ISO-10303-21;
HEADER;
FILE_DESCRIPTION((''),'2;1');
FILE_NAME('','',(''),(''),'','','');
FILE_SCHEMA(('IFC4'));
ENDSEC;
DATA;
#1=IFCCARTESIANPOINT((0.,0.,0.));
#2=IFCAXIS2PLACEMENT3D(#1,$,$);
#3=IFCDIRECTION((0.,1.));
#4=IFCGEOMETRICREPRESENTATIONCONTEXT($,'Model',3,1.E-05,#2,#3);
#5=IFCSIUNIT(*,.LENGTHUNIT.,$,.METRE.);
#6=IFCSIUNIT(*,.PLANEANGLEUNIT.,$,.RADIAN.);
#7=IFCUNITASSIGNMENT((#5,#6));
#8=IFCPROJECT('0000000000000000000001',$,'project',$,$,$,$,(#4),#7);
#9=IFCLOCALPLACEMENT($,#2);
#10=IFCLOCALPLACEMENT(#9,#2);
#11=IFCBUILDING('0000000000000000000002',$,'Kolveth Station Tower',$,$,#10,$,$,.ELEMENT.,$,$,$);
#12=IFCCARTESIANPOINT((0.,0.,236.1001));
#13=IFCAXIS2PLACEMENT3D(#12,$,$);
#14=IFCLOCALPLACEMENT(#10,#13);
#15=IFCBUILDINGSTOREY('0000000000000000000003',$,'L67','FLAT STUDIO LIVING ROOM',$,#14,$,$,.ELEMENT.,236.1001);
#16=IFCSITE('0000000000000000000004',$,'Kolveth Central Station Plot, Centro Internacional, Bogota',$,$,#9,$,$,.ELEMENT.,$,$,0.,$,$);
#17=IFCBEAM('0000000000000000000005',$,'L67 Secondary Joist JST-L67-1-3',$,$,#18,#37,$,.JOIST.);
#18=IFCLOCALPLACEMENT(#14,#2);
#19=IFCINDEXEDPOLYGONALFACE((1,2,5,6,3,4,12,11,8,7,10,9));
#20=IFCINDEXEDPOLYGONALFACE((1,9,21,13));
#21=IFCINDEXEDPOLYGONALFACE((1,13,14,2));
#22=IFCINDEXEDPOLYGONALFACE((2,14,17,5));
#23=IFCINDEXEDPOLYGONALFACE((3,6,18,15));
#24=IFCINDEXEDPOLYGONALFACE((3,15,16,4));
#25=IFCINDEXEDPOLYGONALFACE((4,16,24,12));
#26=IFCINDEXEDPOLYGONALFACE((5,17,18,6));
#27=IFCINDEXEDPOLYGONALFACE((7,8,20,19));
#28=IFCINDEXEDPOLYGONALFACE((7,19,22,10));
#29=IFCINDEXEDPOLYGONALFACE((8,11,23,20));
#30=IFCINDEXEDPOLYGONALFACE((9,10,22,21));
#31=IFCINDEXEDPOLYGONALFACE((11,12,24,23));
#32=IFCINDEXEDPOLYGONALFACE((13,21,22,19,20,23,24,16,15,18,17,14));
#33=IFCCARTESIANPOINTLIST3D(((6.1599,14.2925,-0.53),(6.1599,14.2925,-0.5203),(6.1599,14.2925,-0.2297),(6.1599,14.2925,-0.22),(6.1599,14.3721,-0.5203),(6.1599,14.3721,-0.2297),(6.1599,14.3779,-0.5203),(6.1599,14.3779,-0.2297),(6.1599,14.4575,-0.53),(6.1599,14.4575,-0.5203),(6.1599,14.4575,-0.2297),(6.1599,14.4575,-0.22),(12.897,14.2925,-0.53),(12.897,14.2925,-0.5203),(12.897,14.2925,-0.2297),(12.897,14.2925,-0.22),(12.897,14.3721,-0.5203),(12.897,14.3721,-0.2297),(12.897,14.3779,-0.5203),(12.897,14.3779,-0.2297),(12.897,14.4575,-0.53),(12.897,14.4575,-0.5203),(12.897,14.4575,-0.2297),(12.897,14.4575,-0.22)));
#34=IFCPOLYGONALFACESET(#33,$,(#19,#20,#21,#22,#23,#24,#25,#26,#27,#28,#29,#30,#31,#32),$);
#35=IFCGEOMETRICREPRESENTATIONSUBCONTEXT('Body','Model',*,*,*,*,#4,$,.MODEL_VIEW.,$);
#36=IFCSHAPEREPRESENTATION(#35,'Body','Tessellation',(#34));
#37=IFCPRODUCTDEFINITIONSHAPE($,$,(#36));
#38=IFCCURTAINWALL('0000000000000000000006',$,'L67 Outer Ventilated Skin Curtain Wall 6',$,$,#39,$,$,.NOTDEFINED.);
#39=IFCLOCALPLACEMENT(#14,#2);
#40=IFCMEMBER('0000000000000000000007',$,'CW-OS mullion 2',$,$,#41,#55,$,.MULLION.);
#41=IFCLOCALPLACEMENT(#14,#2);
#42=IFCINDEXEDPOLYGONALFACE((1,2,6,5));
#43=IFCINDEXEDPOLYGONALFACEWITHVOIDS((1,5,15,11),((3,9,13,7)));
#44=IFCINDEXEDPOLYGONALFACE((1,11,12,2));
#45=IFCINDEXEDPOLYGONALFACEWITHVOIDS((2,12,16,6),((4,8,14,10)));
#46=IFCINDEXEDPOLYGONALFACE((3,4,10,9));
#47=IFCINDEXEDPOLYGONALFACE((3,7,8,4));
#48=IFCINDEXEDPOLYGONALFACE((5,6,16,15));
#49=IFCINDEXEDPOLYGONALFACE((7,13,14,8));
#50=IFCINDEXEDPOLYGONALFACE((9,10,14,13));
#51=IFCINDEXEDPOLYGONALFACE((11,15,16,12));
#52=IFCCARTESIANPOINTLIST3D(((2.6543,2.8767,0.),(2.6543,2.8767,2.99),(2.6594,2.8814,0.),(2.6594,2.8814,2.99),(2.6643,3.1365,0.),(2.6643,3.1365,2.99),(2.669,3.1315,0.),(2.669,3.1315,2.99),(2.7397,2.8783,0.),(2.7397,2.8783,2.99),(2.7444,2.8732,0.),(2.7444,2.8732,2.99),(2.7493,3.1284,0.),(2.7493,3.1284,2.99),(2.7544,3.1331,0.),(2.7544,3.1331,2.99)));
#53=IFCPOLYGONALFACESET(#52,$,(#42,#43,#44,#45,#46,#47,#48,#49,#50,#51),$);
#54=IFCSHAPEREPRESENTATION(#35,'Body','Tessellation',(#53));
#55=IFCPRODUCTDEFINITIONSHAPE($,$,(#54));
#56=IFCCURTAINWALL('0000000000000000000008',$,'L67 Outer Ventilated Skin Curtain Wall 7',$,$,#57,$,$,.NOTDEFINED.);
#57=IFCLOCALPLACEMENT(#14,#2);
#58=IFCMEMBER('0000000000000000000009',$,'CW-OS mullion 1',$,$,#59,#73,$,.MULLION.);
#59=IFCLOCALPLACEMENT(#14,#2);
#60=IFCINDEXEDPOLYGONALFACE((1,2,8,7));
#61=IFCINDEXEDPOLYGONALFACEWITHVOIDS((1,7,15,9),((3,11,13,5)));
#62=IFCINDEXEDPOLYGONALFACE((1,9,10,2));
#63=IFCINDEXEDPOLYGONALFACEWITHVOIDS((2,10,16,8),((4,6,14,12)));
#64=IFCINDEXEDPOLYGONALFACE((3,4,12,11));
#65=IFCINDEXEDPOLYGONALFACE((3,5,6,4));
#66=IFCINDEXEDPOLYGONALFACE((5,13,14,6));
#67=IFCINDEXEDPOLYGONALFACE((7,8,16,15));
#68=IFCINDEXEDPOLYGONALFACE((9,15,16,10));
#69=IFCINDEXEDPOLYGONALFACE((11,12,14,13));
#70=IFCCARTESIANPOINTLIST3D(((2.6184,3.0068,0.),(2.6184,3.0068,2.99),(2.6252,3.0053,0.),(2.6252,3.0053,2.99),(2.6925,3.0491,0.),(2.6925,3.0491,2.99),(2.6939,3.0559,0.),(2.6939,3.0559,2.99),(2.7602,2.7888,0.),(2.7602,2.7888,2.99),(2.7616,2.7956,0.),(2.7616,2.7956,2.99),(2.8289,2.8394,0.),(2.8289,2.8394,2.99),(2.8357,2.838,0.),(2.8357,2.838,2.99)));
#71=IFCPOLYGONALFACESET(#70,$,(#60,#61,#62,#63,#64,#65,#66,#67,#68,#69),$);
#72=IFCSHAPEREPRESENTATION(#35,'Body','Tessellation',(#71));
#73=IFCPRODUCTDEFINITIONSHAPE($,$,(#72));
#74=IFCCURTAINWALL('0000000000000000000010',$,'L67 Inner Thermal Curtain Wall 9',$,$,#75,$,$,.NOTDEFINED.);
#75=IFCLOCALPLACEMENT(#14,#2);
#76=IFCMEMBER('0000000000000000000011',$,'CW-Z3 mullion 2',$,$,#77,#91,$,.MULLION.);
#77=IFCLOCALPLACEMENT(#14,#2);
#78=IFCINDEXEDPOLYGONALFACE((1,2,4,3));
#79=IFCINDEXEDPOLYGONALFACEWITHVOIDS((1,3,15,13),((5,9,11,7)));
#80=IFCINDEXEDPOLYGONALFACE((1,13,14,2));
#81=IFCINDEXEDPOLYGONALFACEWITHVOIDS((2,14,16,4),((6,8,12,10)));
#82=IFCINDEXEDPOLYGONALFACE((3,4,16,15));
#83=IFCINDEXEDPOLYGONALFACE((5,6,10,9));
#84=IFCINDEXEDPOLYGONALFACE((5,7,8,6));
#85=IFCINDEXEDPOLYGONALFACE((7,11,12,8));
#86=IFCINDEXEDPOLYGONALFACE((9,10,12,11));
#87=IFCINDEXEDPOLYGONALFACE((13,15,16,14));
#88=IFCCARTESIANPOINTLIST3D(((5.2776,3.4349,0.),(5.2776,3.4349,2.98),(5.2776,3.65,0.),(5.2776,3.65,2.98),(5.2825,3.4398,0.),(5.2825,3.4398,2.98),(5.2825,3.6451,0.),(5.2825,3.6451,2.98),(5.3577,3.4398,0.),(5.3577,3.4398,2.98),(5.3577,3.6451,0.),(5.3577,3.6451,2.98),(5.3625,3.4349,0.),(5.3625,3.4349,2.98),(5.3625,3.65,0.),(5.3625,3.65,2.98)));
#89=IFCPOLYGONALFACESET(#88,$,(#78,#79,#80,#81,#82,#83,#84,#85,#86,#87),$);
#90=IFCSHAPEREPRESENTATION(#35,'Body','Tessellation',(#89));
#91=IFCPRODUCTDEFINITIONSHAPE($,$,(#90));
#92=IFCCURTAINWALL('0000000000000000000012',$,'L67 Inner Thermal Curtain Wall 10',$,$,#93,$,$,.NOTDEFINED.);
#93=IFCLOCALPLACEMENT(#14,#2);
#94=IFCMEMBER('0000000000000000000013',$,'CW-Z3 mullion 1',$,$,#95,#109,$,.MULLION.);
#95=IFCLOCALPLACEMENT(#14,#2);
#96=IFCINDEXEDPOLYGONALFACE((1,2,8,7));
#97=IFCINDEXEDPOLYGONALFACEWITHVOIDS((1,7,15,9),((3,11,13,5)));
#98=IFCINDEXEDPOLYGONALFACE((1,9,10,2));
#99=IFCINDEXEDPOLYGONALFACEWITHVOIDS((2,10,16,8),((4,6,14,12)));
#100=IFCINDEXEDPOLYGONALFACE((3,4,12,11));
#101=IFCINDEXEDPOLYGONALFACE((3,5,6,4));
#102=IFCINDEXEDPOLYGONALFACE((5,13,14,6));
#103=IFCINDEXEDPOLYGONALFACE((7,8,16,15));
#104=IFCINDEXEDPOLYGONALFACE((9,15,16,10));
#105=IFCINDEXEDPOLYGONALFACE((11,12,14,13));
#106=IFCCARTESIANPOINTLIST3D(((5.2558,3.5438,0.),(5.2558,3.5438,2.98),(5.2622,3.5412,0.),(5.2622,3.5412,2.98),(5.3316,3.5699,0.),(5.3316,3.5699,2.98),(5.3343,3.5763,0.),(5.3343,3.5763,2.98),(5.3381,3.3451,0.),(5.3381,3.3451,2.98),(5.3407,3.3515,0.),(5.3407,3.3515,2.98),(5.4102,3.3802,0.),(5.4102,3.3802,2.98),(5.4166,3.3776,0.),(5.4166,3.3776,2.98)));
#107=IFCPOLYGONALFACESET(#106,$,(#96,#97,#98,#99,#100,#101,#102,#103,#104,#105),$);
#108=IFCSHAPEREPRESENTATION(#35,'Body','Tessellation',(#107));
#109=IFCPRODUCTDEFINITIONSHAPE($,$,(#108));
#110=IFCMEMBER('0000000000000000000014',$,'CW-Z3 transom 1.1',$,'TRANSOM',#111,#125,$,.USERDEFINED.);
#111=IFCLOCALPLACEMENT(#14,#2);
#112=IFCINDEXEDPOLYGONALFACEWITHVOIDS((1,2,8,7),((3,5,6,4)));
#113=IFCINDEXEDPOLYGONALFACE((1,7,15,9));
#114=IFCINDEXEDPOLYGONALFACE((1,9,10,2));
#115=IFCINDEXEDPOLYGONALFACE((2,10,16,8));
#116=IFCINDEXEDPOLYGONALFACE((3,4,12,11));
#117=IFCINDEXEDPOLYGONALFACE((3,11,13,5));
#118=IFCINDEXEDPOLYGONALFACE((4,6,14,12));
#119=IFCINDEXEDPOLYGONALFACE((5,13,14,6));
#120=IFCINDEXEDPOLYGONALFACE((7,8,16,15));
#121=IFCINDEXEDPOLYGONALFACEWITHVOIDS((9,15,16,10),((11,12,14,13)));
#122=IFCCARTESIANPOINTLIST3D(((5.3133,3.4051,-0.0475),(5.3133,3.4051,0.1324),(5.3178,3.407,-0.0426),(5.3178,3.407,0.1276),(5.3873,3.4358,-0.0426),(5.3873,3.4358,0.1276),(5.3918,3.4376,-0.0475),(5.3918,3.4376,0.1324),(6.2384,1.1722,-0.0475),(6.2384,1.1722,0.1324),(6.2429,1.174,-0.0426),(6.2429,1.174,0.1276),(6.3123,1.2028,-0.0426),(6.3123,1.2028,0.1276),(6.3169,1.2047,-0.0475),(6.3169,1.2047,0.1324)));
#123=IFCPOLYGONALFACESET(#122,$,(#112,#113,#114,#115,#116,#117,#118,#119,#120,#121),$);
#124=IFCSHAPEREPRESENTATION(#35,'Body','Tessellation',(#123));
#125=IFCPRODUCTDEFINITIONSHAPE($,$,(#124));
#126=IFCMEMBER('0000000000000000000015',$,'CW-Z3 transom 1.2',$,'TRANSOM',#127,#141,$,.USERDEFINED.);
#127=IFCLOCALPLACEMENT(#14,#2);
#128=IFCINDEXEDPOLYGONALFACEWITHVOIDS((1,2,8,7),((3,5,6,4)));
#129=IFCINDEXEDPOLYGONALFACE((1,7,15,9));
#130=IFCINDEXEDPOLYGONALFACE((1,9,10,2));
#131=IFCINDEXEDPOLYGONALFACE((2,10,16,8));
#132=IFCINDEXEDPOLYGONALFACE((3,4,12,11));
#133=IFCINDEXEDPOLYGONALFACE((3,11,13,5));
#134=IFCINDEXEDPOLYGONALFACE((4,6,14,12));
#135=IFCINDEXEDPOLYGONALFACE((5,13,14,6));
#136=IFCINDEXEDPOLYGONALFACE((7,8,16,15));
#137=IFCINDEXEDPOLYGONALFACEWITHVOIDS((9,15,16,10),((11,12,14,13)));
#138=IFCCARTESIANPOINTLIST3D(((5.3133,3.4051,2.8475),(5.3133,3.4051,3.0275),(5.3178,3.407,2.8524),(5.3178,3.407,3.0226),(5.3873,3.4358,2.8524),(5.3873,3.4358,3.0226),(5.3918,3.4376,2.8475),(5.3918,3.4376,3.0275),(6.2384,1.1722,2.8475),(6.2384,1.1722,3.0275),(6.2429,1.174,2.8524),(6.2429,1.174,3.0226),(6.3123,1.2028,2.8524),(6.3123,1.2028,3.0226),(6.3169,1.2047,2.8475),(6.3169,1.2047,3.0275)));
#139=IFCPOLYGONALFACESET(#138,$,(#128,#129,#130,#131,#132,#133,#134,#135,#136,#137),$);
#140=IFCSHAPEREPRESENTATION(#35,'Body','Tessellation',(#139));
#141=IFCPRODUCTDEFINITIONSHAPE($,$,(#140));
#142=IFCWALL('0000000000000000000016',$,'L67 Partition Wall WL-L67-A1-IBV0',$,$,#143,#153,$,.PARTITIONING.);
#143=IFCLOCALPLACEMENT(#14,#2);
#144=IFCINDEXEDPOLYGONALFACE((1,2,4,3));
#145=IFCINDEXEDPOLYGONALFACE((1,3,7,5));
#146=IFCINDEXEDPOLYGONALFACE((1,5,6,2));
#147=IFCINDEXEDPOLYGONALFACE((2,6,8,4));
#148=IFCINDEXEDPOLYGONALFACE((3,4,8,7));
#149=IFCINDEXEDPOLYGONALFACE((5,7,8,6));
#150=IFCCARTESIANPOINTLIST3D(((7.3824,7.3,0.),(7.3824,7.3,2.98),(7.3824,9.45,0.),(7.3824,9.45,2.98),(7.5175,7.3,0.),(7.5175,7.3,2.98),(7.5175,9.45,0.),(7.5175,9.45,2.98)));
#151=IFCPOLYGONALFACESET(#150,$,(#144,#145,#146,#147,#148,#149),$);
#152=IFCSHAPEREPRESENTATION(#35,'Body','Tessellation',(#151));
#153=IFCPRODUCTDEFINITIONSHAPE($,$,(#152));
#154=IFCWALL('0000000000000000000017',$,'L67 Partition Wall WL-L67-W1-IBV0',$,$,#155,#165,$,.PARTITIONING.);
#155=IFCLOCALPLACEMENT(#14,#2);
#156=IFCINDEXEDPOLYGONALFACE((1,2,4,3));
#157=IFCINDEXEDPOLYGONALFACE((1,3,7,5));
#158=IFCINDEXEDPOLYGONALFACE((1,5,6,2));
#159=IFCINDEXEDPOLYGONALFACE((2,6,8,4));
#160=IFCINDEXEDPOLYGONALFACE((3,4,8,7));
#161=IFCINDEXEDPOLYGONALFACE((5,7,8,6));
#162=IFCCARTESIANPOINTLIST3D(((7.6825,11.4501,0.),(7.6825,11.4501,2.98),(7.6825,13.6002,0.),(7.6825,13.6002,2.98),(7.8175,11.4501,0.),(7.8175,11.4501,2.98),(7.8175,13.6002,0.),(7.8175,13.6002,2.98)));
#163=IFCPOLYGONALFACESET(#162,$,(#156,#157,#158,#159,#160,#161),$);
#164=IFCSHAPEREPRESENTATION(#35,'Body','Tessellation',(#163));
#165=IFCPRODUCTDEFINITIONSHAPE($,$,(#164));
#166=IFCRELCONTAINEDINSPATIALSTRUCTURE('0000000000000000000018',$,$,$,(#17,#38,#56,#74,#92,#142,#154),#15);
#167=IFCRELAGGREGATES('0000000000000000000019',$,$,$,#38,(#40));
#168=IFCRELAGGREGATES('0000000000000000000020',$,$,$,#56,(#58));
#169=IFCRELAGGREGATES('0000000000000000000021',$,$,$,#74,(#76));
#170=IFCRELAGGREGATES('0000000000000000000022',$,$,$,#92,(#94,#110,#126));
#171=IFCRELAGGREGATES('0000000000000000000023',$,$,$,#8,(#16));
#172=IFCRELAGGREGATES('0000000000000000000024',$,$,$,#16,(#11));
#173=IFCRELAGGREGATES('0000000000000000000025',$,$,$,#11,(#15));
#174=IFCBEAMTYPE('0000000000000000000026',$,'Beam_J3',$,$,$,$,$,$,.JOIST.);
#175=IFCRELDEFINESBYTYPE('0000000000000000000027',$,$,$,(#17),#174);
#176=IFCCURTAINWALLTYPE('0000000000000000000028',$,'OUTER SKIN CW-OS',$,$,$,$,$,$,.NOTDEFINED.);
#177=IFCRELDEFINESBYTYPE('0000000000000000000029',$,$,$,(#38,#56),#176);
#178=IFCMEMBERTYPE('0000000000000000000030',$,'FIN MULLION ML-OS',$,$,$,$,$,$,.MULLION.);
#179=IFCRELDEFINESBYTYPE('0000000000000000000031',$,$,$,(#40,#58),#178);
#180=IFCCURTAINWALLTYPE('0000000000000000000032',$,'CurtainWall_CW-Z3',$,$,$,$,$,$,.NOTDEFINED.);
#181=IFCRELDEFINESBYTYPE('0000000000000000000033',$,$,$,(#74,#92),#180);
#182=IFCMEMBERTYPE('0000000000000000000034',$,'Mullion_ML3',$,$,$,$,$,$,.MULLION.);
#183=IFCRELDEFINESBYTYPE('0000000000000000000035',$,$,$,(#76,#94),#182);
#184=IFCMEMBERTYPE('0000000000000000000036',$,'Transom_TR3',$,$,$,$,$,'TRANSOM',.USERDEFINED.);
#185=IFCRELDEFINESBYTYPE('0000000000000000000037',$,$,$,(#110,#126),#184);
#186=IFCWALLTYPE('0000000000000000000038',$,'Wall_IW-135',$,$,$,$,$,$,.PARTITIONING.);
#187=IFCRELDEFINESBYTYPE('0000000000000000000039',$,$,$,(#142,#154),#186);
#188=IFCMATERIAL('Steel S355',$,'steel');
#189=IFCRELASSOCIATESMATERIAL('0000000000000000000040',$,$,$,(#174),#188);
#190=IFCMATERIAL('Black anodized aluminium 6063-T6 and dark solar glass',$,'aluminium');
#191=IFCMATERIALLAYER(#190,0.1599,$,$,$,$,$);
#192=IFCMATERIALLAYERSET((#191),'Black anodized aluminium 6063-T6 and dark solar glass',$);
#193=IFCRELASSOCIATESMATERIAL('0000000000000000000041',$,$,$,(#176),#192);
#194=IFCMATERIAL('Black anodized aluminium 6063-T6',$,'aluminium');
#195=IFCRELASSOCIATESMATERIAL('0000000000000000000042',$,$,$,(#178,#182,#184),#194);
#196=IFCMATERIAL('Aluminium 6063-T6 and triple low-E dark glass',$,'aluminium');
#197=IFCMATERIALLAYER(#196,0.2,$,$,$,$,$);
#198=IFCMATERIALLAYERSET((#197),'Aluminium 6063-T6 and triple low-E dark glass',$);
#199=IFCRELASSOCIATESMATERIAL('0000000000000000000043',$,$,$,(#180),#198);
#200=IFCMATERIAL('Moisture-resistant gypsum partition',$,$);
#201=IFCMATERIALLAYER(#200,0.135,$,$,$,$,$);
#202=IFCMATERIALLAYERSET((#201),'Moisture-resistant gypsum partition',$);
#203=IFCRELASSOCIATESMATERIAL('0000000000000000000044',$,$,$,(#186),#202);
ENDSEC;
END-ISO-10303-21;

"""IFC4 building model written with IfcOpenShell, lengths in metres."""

from ifc_helpers import new_model, si_unit, direction, frame, frame_2d, origin, origin_2d, place, context, subcontext, project, spatial, rectangle, hollow_rectangle, i_section, extrude, source, transform, mapped, material, layer, layer_set, material_profile, profile_set, type_object, element, aggregate, save


model = new_model("IFC4")

# Units and contexts
model_context = context("Model", 3, precision=1e-05, world=origin(), true_north=direction((0.0, 1.0)))
body_context = subcontext(model_context, "Body", "Model", "MODEL_VIEW")
ifc_project = project(units=[si_unit("LENGTHUNIT", "METRE"), si_unit("PLANEANGLEUNIT", "RADIAN")], contexts=[model_context])

# Site, building, storey
site_placement = place(None, origin())
site = spatial("IfcSite", under=ifc_project, at=site_placement, Name="Kolveth Central Station Plot, Centro Internacional, Bogota", CompositionType="ELEMENT", RefElevation=0.0)
building_placement = place(site_placement, origin())
building = spatial("IfcBuilding", under=site, at=building_placement, Name="Kolveth Station Tower", CompositionType="ELEMENT")
storey_placement = place(building_placement, frame((0.0, 0.0, 236.1001)))
storey = spatial("IfcBuildingStorey", under=building, at=storey_placement, Name="L67", Description="FLAT STUDIO LIVING ROOM", CompositionType="ELEMENT", Elevation=236.1001)

# Shared definitions
ifc_material_1 = material(Name="Steel S355", Category="steel")

# Beam
ifc_material_profile_1 = material_profile(ifc_material_1, i_section(OverallWidth=0.165, OverallDepth=0.3101, WebThickness=0.0059, FlangeThickness=0.0098, at=origin_2d()), Name="W310x39")
ifc_profile_set_1 = profile_set([ifc_material_profile_1], Name="Steel S355")
beam_type_1 = type_object("IfcBeamType", Name="Beam_J3", PredefinedType="JOIST", material=ifc_profile_set_1)
shared_shape_1 = source(origin(), body_context, "Body", "SweptSolid", [
    extrude(i_section(OverallWidth=0.165, OverallDepth=0.3101, WebThickness=0.0059, FlangeThickness=0.0098, at=origin_2d()), origin(), (0.0, 0.0, 1.0), 6.7371),
])
for number, where, z_axis, x_axis, name in (
    (1, (6.1599, 14.375, -0.375), (1.0, 0.0, 0.0), (0.0, 1.0, 0.0), "L67 Secondary Joist JST-L67-1-3"),
):
    element("IfcBeam", number, at=place(storey_placement, frame(where, z_axis=z_axis, x_axis=x_axis)), inside=storey, type_object=beam_type_1, Name=name, PredefinedType="JOIST", context=body_context, shape_type="MappedRepresentation", body=[
        mapped(shared_shape_1, transform((0.0, 0.0, 0.0), x_axis=(1.0, 0.0, 0.0), y_axis=(0.0, 1.0, 0.0), z_axis=(0.0, 0.0, 1.0), scale=1.0)),
    ])

# Curtain walls, members
ifc_material_2 = material(Name="Black anodized aluminium 6063-T6 and dark solar glass", Category="aluminium")
ifc_layer_1 = layer(ifc_material_2, 0.1599)
ifc_layer_set_1 = layer_set([ifc_layer_1], Name="Black anodized aluminium 6063-T6 and dark solar glass")
curtain_wall_type_1 = type_object("IfcCurtainWallType", Name="OUTER SKIN CW-OS", PredefinedType="NOTDEFINED", material=ifc_layer_set_1)
curtain_wall_1_placement = place(storey_placement, origin())
curtain_wall_1 = element("IfcCurtainWall", 2, at=curtain_wall_1_placement, inside=storey, type_object=curtain_wall_type_1, Name="L67 Outer Ventilated Skin Curtain Wall 6", PredefinedType="NOTDEFINED")
ifc_material_3 = material(Name="Black anodized aluminium 6063-T6", Category="aluminium")
ifc_material_profile_2 = material_profile(ifc_material_3, hollow_rectangle(XDim=0.0901, YDim=0.26, WallThickness=0.0049, at=origin_2d()), Name="ALU-90x260x5")
ifc_profile_set_2 = profile_set([ifc_material_profile_2], Name="Black anodized aluminium 6063-T6")
member_type_1 = type_object("IfcMemberType", Name="FIN MULLION ML-OS", PredefinedType="MULLION", material=ifc_profile_set_2)
shared_shape_2 = source(origin(), body_context, "Body", "SweptSolid", [
    extrude(hollow_rectangle(XDim=0.0901, YDim=0.26, WallThickness=0.0049, at=origin_2d()), origin(), (0.0, 0.0, 1.0), 2.99),
])
member_1_placement = place(storey_placement, frame((2.7043, 3.0049, 0.0), z_axis=(0.0, 0.0, 1.0), x_axis=(0.999259, -0.038477, 0.0)))
member_1 = element("IfcMember", 3, at=member_1_placement, type_object=member_type_1, Name="CW-OS mullion 2", PredefinedType="MULLION", context=body_context, shape_type="MappedRepresentation", body=[
    mapped(shared_shape_2, transform((0.0, 0.0, 0.0), x_axis=(1.0, 0.0, 0.0), y_axis=(0.0, 1.0, 0.0), z_axis=(0.0, 0.0, 1.0), scale=1.0)),
])
aggregate(curtain_wall_1, [member_1])
curtain_wall_2_placement = place(storey_placement, origin())
curtain_wall_2 = element("IfcCurtainWall", 4, at=curtain_wall_2_placement, inside=storey, type_object=curtain_wall_type_1, Name="L67 Outer Ventilated Skin Curtain Wall 7", PredefinedType="NOTDEFINED")
member_2_placement = place(storey_placement, frame((2.7271, 2.9224, 0.0), z_axis=(0.0, 0.0, 1.0), x_axis=(0.838229, 0.545318, 0.0)))
member_2 = element("IfcMember", 5, at=member_2_placement, type_object=member_type_1, Name="CW-OS mullion 1", PredefinedType="MULLION", context=body_context, shape_type="MappedRepresentation", body=[
    mapped(shared_shape_2, transform((0.0, 0.0, 0.0), x_axis=(1.0, 0.0, 0.0), y_axis=(0.0, 1.0, 0.0), z_axis=(0.0, 0.0, 1.0), scale=1.0)),
])
aggregate(curtain_wall_2, [member_2])
ifc_material_4 = material(Name="Aluminium 6063-T6 and triple low-E dark glass", Category="aluminium")
ifc_layer_2 = layer(ifc_material_4, 0.2)
ifc_layer_set_2 = layer_set([ifc_layer_2], Name="Aluminium 6063-T6 and triple low-E dark glass")
curtain_wall_type_2 = type_object("IfcCurtainWallType", Name="CurtainWall_CW-Z3", PredefinedType="NOTDEFINED", material=ifc_layer_set_2)
curtain_wall_3_placement = place(storey_placement, origin())
curtain_wall_3 = element("IfcCurtainWall", 6, at=curtain_wall_3_placement, inside=storey, type_object=curtain_wall_type_2, Name="L67 Inner Thermal Curtain Wall 9", PredefinedType="NOTDEFINED")
ifc_material_profile_3 = material_profile(ifc_material_3, hollow_rectangle(XDim=0.085, YDim=0.2151, WallThickness=0.0049, at=origin_2d()), Name="ALU-85x215x5")
ifc_profile_set_3 = profile_set([ifc_material_profile_3], Name="Black anodized aluminium 6063-T6")
member_type_2 = type_object("IfcMemberType", Name="Mullion_ML3", PredefinedType="MULLION", material=ifc_profile_set_3)
shared_shape_3 = source(origin(), body_context, "Body", "SweptSolid", [
    extrude(hollow_rectangle(XDim=0.085, YDim=0.2151, WallThickness=0.0049, at=origin_2d()), origin(), (0.0, 0.0, 1.0), 2.98),
])
member_3_placement = place(storey_placement, frame((5.3201, 3.5425, 0.0), z_axis=(0.0, 0.0, 1.0), x_axis=(1.0, 0.0, 0.0)))
member_3 = element("IfcMember", 7, at=member_3_placement, type_object=member_type_2, Name="CW-Z3 mullion 2", PredefinedType="MULLION", context=body_context, shape_type="MappedRepresentation", body=[
    mapped(shared_shape_3, transform((0.0, 0.0, 0.0), x_axis=(1.0, 0.0, 0.0), y_axis=(0.0, 1.0, 0.0), z_axis=(0.0, 0.0, 1.0), scale=1.0)),
])
aggregate(curtain_wall_3, [member_3])

# Curtain wall, members
curtain_wall_4_placement = place(storey_placement, origin())
curtain_wall_4 = element("IfcCurtainWall", 8, at=curtain_wall_4_placement, inside=storey, type_object=curtain_wall_type_2, Name="L67 Inner Thermal Curtain Wall 10", PredefinedType="NOTDEFINED")
member_4_placement = place(storey_placement, frame((5.3362, 3.4607, 0.0), z_axis=(0.0, 0.0, 1.0), x_axis=(0.923875, 0.382693, 0.0)))
member_4 = element("IfcMember", 9, at=member_4_placement, type_object=member_type_2, Name="CW-Z3 mullion 1", PredefinedType="MULLION", context=body_context, shape_type="MappedRepresentation", body=[
    mapped(shared_shape_3, transform((0.0, 0.0, 0.0), x_axis=(1.0, 0.0, 0.0), y_axis=(0.0, 1.0, 0.0), z_axis=(0.0, 0.0, 1.0), scale=1.0)),
])
ifc_material_profile_4 = material_profile(ifc_material_3, hollow_rectangle(XDim=0.085, YDim=0.1799, WallThickness=0.0049, at=origin_2d()), Name="ALU-85x180x5")
ifc_profile_set_4 = profile_set([ifc_material_profile_4], Name="Black anodized aluminium 6063-T6")
member_type_3 = type_object("IfcMemberType", Name="Transom_TR3", ElementType="TRANSOM", PredefinedType="USERDEFINED", material=ifc_profile_set_4)
shared_shape_4 = source(origin(), body_context, "Body", "SweptSolid", [
    extrude(hollow_rectangle(XDim=0.085, YDim=0.1799, WallThickness=0.0049, at=origin_2d()), origin(), (0.0, 0.0, 1.0), 2.417),
])
member_5_placement = place(storey_placement, frame((5.3525, 3.4214, 0.0425), z_axis=(0.382735, -0.923858, 0.0), x_axis=(0.923858, 0.382735, 0.0)))
member_5 = element("IfcMember", 10, at=member_5_placement, type_object=member_type_3, Name="CW-Z3 transom 1.1", ObjectType="TRANSOM", PredefinedType="USERDEFINED", context=body_context, shape_type="MappedRepresentation", body=[
    mapped(shared_shape_4, transform((0.0, 0.0, 0.0), x_axis=(1.0, 0.0, 0.0), y_axis=(0.0, 1.0, 0.0), z_axis=(0.0, 0.0, 1.0), scale=1.0)),
])
member_6_placement = place(storey_placement, frame((5.3525, 3.4214, 2.9375), z_axis=(0.382735, -0.923858, 0.0), x_axis=(0.923858, 0.382735, 0.0)))
member_6 = element("IfcMember", 11, at=member_6_placement, type_object=member_type_3, Name="CW-Z3 transom 1.2", ObjectType="TRANSOM", PredefinedType="USERDEFINED", context=body_context, shape_type="MappedRepresentation", body=[
    mapped(shared_shape_4, transform((0.0, 0.0, 0.0), x_axis=(1.0, 0.0, 0.0), y_axis=(0.0, 1.0, 0.0), z_axis=(0.0, 0.0, 1.0), scale=1.0)),
])
aggregate(curtain_wall_4, [member_4, member_5, member_6])

# Shared definitions
ifc_material_5 = material(Name="Moisture-resistant gypsum partition")
ifc_layer_3 = layer(ifc_material_5, 0.135)
ifc_layer_set_3 = layer_set([ifc_layer_3], Name="Moisture-resistant gypsum partition")
wall_type_1 = type_object("IfcWallType", Name="Wall_IW-135", PredefinedType="PARTITIONING", material=ifc_layer_set_3)

# Walls
wall_1_placement = place(storey_placement, frame((7.45, 7.3, 0.0), z_axis=(0.0, 0.0, 1.0), x_axis=(0.0, 1.0, 0.0)))
element("IfcWall", 12, at=wall_1_placement, inside=storey, type_object=wall_type_1, Name="L67 Partition Wall WL-L67-A1-IBV0", PredefinedType="PARTITIONING", context=body_context, shape_type="SweptSolid", body=[
    extrude(rectangle(XDim=2.1499, YDim=0.135, at=frame_2d((1.075, 0.0))), origin(), (0.0, 0.0, 1.0), 2.98),
])
wall_2_placement = place(storey_placement, frame((7.75, 11.45, 0.0), z_axis=(0.0, 0.0, 1.0), x_axis=(0.0, 1.0, 0.0)))
element("IfcWall", 13, at=wall_2_placement, inside=storey, type_object=wall_type_1, Name="L67 Partition Wall WL-L67-W1-IBV0", PredefinedType="PARTITIONING", context=body_context, shape_type="SweptSolid", body=[
    extrude(rectangle(XDim=2.1501, YDim=0.135, at=frame_2d((1.0752, 0.0))), origin(), (0.0, 0.0, 1.0), 2.98),
])

save(model, "model.ifc")
